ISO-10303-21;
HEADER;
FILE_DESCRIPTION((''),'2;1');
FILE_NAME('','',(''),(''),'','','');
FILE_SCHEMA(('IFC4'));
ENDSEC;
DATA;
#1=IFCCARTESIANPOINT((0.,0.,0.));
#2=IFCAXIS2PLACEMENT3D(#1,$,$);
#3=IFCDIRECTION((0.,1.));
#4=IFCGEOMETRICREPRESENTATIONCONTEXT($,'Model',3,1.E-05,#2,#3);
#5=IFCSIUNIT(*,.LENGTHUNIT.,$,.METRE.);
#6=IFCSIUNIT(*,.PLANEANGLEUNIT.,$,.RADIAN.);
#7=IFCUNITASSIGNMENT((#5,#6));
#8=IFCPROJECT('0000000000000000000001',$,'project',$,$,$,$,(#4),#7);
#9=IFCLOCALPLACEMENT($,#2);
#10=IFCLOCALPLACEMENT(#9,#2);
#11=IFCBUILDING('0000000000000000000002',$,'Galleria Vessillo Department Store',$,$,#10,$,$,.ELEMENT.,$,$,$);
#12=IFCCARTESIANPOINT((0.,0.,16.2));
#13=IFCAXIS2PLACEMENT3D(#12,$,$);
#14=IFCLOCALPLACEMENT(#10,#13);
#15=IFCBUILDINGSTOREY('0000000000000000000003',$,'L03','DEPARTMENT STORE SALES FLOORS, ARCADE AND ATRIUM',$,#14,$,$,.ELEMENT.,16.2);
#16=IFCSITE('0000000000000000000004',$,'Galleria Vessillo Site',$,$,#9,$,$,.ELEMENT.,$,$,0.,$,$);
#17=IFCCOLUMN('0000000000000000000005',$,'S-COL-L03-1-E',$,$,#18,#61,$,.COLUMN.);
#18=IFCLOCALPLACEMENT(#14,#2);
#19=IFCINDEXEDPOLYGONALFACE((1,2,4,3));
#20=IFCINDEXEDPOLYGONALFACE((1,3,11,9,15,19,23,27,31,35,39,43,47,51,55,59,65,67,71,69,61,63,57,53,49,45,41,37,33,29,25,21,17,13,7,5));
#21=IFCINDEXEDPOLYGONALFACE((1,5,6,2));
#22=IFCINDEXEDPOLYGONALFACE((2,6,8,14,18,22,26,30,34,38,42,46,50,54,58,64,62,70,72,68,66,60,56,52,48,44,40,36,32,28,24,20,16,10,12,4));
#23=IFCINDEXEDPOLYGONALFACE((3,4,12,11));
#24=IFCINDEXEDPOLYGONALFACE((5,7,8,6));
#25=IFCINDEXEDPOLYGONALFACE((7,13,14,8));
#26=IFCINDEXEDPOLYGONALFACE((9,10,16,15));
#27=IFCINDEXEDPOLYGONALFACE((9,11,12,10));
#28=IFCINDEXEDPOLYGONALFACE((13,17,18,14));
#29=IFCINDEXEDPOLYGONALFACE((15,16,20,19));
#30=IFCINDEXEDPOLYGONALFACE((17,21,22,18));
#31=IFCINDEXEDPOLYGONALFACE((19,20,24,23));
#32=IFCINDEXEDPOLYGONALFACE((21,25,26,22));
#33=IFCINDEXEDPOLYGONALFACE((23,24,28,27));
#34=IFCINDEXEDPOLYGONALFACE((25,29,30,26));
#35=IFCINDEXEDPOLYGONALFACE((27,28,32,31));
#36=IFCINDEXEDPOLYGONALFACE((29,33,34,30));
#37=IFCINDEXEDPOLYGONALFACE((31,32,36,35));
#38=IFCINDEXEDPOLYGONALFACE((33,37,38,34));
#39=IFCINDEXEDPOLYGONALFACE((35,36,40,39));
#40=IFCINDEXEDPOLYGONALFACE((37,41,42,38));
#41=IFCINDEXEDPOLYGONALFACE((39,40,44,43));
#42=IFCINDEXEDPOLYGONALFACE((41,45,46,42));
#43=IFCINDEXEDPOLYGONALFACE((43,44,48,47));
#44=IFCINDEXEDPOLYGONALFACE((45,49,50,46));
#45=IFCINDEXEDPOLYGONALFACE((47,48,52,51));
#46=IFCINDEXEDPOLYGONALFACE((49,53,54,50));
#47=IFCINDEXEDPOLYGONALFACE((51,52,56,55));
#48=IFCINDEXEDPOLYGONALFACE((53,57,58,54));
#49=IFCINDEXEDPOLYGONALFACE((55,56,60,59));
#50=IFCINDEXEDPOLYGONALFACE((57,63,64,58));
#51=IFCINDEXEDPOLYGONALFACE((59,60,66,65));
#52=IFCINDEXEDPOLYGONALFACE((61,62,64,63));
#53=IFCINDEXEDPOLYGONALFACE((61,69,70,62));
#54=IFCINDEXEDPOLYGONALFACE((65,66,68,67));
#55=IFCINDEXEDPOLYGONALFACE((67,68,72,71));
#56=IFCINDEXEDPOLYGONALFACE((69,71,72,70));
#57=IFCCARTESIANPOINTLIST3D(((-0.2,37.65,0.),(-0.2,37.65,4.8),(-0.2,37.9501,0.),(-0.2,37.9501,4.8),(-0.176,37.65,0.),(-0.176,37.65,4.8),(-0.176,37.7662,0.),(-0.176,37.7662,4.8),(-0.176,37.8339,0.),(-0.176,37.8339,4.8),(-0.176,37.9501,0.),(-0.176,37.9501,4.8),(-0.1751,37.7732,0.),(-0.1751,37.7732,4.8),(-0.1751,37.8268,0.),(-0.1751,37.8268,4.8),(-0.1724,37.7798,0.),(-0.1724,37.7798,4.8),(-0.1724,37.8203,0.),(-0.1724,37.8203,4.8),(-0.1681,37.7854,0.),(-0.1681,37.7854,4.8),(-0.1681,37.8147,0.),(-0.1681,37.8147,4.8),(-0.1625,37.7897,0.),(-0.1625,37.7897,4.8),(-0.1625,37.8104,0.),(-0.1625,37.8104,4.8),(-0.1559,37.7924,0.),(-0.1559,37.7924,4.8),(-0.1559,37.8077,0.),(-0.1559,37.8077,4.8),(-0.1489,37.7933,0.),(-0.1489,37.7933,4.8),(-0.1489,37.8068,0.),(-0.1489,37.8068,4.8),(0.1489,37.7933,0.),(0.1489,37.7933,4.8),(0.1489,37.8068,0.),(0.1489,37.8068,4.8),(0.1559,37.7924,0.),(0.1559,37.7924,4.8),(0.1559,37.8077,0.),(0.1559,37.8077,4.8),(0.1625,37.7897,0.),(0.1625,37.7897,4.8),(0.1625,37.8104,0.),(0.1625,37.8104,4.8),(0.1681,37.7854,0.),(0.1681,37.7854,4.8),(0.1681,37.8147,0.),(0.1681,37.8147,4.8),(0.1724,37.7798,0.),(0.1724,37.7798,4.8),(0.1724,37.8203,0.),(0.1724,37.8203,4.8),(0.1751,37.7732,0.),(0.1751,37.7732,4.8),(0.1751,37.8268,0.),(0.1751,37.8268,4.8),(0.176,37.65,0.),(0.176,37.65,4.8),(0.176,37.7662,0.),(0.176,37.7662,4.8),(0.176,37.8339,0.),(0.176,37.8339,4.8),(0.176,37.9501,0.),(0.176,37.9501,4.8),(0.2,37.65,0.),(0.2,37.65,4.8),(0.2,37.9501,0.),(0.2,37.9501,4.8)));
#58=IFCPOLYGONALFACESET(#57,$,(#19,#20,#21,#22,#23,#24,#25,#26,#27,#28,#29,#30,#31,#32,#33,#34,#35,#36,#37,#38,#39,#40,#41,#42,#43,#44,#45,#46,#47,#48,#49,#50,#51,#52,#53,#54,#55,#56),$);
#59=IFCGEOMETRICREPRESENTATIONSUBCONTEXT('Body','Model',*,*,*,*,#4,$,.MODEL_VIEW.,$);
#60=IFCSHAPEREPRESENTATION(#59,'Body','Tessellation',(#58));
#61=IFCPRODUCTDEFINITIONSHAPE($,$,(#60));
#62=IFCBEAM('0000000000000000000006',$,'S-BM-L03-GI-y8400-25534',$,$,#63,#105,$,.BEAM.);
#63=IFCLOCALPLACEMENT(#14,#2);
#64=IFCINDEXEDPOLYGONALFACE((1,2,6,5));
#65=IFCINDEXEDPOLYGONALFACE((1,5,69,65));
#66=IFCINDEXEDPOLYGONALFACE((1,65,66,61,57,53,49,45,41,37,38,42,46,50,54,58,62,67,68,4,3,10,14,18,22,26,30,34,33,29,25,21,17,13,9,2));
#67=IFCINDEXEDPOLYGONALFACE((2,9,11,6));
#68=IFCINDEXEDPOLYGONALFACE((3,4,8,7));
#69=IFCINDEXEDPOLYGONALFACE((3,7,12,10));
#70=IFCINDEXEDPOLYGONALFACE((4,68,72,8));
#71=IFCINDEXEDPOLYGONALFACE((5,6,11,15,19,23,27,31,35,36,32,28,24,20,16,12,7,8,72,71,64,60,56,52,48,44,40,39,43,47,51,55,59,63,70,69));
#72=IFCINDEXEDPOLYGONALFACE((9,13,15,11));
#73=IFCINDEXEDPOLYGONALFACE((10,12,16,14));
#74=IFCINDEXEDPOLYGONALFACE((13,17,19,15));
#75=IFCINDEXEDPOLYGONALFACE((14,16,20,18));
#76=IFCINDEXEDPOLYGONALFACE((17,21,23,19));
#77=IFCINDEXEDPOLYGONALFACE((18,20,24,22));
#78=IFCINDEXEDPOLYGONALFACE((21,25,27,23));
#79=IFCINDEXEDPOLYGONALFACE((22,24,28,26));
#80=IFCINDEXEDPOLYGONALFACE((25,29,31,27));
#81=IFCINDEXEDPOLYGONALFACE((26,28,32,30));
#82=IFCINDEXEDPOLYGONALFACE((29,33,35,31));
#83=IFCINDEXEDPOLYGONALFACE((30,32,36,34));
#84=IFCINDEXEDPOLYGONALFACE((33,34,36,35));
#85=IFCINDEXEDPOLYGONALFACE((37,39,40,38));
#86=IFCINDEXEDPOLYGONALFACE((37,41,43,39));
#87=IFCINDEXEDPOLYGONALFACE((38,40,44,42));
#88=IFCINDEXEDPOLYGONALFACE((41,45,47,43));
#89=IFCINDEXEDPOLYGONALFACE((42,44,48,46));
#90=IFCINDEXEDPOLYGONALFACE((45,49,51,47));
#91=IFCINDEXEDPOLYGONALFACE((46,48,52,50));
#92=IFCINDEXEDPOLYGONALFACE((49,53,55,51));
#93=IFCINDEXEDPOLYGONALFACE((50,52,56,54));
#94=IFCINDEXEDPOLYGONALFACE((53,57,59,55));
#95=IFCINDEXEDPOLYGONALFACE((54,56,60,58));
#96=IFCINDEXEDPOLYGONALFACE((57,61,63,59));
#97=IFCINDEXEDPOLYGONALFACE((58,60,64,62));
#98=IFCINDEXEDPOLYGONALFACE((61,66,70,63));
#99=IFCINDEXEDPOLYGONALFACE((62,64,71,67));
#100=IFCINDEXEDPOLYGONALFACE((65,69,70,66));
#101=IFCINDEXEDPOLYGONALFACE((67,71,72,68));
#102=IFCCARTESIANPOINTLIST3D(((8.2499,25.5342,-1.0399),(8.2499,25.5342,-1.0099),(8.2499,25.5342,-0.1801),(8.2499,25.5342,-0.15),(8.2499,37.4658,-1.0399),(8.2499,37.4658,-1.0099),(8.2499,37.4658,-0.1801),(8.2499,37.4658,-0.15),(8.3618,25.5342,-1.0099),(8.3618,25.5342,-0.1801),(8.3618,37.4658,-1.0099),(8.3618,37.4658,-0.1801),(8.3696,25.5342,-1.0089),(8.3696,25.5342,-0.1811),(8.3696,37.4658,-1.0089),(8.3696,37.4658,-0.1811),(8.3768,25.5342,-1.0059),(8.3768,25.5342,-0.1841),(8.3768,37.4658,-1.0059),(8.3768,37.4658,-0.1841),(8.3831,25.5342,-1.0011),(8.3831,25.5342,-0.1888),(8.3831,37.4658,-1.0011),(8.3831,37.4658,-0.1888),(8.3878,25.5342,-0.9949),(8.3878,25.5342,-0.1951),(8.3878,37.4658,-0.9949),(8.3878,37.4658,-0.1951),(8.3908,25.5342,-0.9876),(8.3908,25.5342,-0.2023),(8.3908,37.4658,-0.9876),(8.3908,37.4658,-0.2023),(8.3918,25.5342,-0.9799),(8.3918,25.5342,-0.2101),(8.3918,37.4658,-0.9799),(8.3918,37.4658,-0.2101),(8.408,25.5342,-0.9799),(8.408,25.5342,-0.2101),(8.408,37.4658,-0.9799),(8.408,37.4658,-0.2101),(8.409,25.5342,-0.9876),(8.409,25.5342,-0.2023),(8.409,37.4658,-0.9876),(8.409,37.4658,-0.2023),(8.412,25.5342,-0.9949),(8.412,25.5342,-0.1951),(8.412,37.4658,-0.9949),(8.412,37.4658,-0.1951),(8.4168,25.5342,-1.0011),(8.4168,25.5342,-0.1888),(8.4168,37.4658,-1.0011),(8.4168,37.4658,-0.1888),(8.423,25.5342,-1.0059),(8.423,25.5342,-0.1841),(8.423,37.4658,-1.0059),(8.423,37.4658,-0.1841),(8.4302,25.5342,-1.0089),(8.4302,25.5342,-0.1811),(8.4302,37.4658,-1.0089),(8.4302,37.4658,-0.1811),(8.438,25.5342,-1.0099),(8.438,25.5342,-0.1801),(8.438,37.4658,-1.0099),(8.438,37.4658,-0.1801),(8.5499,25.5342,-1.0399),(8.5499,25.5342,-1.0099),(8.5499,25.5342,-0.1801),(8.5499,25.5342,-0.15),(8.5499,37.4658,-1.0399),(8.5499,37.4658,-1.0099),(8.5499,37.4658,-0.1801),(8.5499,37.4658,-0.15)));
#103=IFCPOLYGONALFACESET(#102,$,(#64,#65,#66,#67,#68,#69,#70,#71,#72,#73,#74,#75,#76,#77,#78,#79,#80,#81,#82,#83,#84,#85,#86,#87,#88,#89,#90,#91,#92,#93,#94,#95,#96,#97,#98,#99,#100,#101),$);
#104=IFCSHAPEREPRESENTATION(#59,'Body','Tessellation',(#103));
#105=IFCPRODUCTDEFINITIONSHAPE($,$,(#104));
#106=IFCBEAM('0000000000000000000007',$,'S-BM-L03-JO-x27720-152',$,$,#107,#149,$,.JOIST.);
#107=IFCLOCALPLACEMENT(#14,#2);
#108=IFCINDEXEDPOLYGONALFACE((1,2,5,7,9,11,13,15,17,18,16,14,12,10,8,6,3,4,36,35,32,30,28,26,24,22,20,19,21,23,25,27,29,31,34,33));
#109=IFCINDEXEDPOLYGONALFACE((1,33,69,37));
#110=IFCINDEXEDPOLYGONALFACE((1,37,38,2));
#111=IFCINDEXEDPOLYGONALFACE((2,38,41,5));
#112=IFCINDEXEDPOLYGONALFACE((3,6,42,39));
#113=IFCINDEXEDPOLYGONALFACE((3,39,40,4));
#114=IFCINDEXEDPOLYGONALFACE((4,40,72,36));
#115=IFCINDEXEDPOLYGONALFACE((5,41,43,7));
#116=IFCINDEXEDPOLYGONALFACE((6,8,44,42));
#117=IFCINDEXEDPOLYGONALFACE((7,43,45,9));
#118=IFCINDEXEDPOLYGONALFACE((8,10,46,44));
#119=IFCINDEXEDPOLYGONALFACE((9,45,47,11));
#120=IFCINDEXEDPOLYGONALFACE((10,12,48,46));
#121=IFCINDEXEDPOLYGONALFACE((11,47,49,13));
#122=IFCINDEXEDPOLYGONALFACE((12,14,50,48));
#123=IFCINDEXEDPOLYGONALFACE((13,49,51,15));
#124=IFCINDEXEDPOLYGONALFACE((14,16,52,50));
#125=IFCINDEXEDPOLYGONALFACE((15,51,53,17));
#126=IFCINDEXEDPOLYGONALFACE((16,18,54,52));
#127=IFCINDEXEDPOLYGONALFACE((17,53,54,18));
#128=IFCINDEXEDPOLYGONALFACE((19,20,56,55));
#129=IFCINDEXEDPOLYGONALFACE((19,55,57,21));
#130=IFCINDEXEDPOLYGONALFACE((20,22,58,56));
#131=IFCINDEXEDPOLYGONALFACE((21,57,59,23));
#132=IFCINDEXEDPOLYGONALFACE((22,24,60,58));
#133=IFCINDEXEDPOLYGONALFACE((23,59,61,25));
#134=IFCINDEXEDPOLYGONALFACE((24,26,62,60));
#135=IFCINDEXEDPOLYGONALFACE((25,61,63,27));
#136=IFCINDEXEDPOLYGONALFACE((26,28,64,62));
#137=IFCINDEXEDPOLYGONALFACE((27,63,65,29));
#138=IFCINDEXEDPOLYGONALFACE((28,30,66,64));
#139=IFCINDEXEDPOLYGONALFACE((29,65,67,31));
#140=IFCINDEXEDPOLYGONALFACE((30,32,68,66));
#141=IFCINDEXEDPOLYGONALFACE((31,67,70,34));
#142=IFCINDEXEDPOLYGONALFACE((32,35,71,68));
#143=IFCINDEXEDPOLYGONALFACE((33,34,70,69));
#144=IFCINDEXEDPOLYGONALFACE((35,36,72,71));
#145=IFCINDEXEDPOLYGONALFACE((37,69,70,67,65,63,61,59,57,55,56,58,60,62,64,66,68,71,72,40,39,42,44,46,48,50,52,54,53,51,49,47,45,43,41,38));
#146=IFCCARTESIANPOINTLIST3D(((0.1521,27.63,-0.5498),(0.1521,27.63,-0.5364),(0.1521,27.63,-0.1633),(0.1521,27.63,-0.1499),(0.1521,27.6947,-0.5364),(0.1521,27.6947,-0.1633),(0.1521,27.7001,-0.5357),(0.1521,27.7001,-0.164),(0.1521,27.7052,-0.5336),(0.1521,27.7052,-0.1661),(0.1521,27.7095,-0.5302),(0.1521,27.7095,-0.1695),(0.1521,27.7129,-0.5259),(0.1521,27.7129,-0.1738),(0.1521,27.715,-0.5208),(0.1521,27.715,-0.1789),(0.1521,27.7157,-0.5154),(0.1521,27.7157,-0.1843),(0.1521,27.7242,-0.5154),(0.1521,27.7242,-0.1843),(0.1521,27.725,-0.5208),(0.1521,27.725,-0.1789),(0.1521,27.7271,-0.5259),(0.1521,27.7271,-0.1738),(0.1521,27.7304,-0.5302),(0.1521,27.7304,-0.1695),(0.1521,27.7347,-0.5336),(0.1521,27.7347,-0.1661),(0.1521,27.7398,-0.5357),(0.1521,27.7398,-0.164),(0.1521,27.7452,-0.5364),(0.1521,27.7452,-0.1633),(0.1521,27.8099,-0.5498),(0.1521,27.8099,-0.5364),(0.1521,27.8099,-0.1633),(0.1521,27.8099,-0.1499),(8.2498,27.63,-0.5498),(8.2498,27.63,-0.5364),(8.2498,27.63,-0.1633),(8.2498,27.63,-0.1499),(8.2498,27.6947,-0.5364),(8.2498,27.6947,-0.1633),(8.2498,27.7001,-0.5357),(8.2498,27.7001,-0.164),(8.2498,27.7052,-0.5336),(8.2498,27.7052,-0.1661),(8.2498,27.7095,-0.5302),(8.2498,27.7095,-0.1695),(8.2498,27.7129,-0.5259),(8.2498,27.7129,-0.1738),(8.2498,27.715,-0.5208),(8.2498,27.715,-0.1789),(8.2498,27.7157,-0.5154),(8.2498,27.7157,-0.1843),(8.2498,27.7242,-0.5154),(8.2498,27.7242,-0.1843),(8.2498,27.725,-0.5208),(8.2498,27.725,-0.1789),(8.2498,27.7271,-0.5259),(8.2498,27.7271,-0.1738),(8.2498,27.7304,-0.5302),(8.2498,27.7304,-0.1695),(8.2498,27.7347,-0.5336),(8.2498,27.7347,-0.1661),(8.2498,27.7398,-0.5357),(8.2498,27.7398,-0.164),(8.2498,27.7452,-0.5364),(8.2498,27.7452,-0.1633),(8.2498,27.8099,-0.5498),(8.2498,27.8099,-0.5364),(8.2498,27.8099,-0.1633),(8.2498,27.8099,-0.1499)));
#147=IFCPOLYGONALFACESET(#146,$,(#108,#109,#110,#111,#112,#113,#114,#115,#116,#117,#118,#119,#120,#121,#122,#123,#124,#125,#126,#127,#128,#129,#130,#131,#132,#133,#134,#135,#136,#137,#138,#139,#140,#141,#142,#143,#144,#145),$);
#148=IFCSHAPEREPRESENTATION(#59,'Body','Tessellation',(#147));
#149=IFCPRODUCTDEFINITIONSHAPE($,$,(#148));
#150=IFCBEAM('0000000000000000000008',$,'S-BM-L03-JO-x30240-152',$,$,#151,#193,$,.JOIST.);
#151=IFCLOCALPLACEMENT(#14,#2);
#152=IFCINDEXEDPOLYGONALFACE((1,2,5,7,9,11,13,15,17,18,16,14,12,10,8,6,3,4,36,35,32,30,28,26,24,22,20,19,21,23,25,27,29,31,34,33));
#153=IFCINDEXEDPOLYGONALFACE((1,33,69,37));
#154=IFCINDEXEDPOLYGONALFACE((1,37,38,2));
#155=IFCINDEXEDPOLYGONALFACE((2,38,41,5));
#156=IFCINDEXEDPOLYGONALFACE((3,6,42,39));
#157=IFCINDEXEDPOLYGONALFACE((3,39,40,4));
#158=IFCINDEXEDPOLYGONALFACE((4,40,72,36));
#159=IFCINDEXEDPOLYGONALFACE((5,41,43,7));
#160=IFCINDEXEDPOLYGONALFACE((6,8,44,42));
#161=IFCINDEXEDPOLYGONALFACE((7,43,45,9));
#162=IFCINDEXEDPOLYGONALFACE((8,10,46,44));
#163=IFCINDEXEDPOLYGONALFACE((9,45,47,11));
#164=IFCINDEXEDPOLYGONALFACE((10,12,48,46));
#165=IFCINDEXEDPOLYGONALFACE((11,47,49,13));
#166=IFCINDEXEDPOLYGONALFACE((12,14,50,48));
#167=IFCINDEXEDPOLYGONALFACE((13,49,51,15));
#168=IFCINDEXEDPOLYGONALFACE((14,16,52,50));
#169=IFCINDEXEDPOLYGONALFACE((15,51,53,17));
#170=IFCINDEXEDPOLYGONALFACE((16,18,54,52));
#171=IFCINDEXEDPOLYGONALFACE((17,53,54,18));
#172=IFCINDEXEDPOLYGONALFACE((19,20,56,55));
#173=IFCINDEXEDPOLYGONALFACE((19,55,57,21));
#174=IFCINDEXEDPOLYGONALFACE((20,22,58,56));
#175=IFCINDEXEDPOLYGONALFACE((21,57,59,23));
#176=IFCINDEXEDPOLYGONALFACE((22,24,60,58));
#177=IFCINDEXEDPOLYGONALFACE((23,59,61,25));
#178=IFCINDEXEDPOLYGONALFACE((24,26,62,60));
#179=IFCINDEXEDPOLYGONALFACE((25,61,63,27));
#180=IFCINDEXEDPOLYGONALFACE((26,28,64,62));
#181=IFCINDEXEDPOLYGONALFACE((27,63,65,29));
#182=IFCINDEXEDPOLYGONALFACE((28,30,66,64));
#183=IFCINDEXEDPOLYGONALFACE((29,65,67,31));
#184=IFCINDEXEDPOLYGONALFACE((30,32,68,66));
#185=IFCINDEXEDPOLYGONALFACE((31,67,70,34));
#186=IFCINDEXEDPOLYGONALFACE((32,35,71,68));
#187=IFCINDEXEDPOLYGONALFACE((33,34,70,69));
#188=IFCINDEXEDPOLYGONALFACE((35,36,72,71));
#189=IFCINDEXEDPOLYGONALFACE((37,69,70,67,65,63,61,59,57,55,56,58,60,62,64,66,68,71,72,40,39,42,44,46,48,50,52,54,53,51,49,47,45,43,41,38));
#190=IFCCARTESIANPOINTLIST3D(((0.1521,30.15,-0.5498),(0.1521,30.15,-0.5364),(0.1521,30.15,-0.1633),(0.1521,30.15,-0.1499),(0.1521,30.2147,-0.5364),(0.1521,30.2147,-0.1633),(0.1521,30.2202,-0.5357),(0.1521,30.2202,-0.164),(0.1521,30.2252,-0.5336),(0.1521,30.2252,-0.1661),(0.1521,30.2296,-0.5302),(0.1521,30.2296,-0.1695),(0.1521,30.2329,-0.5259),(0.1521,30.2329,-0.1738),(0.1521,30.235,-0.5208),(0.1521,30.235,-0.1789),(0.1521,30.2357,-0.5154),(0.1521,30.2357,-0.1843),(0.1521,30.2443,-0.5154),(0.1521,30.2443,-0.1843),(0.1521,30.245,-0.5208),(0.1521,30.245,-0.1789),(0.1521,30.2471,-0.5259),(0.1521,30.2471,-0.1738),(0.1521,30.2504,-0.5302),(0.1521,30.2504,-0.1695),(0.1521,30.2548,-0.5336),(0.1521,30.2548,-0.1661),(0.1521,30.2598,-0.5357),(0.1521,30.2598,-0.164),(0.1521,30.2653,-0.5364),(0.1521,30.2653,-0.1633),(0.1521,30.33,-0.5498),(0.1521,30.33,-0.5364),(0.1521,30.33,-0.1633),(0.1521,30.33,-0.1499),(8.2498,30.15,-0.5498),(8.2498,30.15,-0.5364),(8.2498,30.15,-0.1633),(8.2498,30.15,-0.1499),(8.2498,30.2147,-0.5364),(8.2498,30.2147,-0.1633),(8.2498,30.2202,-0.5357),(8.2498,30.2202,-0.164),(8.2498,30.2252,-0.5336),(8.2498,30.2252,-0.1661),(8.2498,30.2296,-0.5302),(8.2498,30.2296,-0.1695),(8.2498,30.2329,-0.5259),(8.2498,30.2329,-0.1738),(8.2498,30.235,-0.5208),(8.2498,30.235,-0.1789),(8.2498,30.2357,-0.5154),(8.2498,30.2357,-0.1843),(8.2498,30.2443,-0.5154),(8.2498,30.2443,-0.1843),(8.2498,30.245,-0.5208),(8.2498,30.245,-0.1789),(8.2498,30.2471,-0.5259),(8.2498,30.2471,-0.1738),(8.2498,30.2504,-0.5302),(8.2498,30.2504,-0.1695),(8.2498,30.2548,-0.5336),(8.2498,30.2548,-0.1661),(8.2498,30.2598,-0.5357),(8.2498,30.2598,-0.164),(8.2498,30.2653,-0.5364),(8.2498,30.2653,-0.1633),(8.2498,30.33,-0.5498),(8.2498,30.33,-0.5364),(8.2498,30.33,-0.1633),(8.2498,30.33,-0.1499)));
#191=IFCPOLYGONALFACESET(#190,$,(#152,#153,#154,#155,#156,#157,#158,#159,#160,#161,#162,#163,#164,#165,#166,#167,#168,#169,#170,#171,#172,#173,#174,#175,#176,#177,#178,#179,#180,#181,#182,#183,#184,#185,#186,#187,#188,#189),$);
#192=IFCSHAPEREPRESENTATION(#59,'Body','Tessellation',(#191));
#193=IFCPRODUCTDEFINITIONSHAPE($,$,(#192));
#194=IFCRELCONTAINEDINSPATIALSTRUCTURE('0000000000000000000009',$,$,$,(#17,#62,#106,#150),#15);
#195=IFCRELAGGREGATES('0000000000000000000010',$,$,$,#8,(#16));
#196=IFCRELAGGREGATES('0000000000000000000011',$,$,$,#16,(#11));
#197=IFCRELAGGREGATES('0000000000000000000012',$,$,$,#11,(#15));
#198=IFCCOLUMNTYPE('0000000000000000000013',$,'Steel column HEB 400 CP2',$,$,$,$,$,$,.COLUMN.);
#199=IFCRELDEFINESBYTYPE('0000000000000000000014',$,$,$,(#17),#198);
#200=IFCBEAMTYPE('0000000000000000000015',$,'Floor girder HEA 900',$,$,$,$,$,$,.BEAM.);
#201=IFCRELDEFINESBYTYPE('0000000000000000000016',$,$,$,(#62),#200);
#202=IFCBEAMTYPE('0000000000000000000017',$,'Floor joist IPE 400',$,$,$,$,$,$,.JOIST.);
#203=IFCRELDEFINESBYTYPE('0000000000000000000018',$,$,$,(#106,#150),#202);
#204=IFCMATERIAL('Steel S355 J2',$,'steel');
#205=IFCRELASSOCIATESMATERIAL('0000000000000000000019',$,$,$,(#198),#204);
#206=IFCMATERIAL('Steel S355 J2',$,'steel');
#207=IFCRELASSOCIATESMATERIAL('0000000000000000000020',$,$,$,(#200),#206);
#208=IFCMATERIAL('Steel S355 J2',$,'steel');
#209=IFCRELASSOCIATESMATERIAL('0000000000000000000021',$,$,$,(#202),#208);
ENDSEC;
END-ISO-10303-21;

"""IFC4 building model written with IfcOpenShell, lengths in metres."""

from ifc_helpers import new_model, si_unit, direction, frame, origin, origin_2d, place, context, subcontext, project, spatial, i_section, extrude, material, material_profile, profile_set, type_object, element, save


model = new_model("IFC4")

# Units and contexts
model_context = context("Model", 3, precision=1e-05, world=origin(), true_north=direction((0.0, 1.0)))
body_context = subcontext(model_context, "Body", "Model", "MODEL_VIEW")
ifc_project = project(units=[si_unit("LENGTHUNIT", "METRE"), si_unit("PLANEANGLEUNIT", "RADIAN")], contexts=[model_context])

# Site, building, storey
site_placement = place(None, origin())
site = spatial("IfcSite", under=ifc_project, at=site_placement, Name="Galleria Vessillo Site", CompositionType="ELEMENT", RefElevation=0.0)
building_placement = place(site_placement, origin())
building = spatial("IfcBuilding", under=site, at=building_placement, Name="Galleria Vessillo Department Store", CompositionType="ELEMENT")
storey_placement = place(building_placement, frame((0.0, 0.0, 16.2)))
storey = spatial("IfcBuildingStorey", under=building, at=storey_placement, Name="L03", Description="DEPARTMENT STORE SALES FLOORS, ARCADE AND ATRIUM", CompositionType="ELEMENT", Elevation=16.2)

# Column
ifc_material_1 = material(Name="Steel S355 J2", Category="steel")
ifc_material_profile_1 = material_profile(ifc_material_1, i_section(OverallWidth=0.3, OverallDepth=0.3999, WebThickness=0.0134, FlangeThickness=0.0239, FilletRadius=0.0271, at=origin_2d()), Name="HEB 400")
ifc_profile_set_1 = profile_set([ifc_material_profile_1], Name="Steel S355 J2")
column_type = type_object("IfcColumnType", Name="Steel column HEB 400 CP2", PredefinedType="COLUMN", material=ifc_profile_set_1)
column_placement = place(storey_placement, frame((0.0, 37.8, 0.0), z_axis=(0.0, 0.0, 1.0), x_axis=(0.0, 1.0, 0.0)))
element("IfcColumn", 1, at=column_placement, inside=storey, type_object=column_type, Name="S-COL-L03-1-E", PredefinedType="COLUMN", context=body_context, shape_type="SweptSolid", body=[
    extrude(i_section(OverallWidth=0.3, OverallDepth=0.3999, WebThickness=0.0134, FlangeThickness=0.0239, FilletRadius=0.0271, at=origin_2d()), origin(), (0.0, 0.0, 1.0), 4.8),
])

# Beams
ifc_material_2 = material(Name="Steel S355 J2", Category="steel")
ifc_material_profile_2 = material_profile(ifc_material_2, i_section(OverallWidth=0.3, OverallDepth=0.8899, WebThickness=0.0161, FlangeThickness=0.03, FilletRadius=0.03, at=origin_2d()), Name="HEA 900")
ifc_profile_set_2 = profile_set([ifc_material_profile_2], Name="Steel S355 J2")
beam_type_1 = type_object("IfcBeamType", Name="Floor girder HEA 900", PredefinedType="BEAM", material=ifc_profile_set_2)
beam_1_placement = place(storey_placement, frame((8.3999, 25.5342, -0.595), z_axis=(0.0, 1.0, 0.0), x_axis=(-1.0, 0.0, 0.0)))
element("IfcBeam", 2, at=beam_1_placement, inside=storey, type_object=beam_type_1, Name="S-BM-L03-GI-y8400-25534", PredefinedType="BEAM", context=body_context, shape_type="SweptSolid", body=[
    extrude(i_section(OverallWidth=0.3, OverallDepth=0.8899, WebThickness=0.0161, FlangeThickness=0.03, FilletRadius=0.03, at=origin_2d()), origin(), (0.0, 0.0, 1.0), 11.9316),
])
ifc_material_3 = material(Name="Steel S355 J2", Category="steel")
ifc_material_profile_3 = material_profile(ifc_material_3, i_section(OverallWidth=0.1799, OverallDepth=0.3999, WebThickness=0.0085, FlangeThickness=0.0134, FilletRadius=0.021, at=origin_2d()), Name="IPE 400")
ifc_profile_set_3 = profile_set([ifc_material_profile_3], Name="Steel S355 J2")
beam_type_2 = type_object("IfcBeamType", Name="Floor joist IPE 400", PredefinedType="JOIST", material=ifc_profile_set_3)
for number, where, z_axis, x_axis, name in (
    (3, (0.1521, 27.72, -0.3499), (1.0, 0.0, 0.0), (0.0, 1.0, 0.0), "S-BM-L03-JO-x27720-152"),
    (4, (0.1521, 30.24, -0.3499), (1.0, 0.0, 0.0), (0.0, 1.0, 0.0), "S-BM-L03-JO-x30240-152"),
):
    element("IfcBeam", number, at=place(storey_placement, frame(where, z_axis=z_axis, x_axis=x_axis)), inside=storey, type_object=beam_type_2, Name=name, PredefinedType="JOIST", context=body_context, shape_type="SweptSolid", body=[
        extrude(i_section(OverallWidth=0.1799, OverallDepth=0.3999, WebThickness=0.0085, FlangeThickness=0.0134, FilletRadius=0.021, at=origin_2d()), origin(), (0.0, 0.0, 1.0), 8.0977),
    ])

save(model, "model.ifc")
